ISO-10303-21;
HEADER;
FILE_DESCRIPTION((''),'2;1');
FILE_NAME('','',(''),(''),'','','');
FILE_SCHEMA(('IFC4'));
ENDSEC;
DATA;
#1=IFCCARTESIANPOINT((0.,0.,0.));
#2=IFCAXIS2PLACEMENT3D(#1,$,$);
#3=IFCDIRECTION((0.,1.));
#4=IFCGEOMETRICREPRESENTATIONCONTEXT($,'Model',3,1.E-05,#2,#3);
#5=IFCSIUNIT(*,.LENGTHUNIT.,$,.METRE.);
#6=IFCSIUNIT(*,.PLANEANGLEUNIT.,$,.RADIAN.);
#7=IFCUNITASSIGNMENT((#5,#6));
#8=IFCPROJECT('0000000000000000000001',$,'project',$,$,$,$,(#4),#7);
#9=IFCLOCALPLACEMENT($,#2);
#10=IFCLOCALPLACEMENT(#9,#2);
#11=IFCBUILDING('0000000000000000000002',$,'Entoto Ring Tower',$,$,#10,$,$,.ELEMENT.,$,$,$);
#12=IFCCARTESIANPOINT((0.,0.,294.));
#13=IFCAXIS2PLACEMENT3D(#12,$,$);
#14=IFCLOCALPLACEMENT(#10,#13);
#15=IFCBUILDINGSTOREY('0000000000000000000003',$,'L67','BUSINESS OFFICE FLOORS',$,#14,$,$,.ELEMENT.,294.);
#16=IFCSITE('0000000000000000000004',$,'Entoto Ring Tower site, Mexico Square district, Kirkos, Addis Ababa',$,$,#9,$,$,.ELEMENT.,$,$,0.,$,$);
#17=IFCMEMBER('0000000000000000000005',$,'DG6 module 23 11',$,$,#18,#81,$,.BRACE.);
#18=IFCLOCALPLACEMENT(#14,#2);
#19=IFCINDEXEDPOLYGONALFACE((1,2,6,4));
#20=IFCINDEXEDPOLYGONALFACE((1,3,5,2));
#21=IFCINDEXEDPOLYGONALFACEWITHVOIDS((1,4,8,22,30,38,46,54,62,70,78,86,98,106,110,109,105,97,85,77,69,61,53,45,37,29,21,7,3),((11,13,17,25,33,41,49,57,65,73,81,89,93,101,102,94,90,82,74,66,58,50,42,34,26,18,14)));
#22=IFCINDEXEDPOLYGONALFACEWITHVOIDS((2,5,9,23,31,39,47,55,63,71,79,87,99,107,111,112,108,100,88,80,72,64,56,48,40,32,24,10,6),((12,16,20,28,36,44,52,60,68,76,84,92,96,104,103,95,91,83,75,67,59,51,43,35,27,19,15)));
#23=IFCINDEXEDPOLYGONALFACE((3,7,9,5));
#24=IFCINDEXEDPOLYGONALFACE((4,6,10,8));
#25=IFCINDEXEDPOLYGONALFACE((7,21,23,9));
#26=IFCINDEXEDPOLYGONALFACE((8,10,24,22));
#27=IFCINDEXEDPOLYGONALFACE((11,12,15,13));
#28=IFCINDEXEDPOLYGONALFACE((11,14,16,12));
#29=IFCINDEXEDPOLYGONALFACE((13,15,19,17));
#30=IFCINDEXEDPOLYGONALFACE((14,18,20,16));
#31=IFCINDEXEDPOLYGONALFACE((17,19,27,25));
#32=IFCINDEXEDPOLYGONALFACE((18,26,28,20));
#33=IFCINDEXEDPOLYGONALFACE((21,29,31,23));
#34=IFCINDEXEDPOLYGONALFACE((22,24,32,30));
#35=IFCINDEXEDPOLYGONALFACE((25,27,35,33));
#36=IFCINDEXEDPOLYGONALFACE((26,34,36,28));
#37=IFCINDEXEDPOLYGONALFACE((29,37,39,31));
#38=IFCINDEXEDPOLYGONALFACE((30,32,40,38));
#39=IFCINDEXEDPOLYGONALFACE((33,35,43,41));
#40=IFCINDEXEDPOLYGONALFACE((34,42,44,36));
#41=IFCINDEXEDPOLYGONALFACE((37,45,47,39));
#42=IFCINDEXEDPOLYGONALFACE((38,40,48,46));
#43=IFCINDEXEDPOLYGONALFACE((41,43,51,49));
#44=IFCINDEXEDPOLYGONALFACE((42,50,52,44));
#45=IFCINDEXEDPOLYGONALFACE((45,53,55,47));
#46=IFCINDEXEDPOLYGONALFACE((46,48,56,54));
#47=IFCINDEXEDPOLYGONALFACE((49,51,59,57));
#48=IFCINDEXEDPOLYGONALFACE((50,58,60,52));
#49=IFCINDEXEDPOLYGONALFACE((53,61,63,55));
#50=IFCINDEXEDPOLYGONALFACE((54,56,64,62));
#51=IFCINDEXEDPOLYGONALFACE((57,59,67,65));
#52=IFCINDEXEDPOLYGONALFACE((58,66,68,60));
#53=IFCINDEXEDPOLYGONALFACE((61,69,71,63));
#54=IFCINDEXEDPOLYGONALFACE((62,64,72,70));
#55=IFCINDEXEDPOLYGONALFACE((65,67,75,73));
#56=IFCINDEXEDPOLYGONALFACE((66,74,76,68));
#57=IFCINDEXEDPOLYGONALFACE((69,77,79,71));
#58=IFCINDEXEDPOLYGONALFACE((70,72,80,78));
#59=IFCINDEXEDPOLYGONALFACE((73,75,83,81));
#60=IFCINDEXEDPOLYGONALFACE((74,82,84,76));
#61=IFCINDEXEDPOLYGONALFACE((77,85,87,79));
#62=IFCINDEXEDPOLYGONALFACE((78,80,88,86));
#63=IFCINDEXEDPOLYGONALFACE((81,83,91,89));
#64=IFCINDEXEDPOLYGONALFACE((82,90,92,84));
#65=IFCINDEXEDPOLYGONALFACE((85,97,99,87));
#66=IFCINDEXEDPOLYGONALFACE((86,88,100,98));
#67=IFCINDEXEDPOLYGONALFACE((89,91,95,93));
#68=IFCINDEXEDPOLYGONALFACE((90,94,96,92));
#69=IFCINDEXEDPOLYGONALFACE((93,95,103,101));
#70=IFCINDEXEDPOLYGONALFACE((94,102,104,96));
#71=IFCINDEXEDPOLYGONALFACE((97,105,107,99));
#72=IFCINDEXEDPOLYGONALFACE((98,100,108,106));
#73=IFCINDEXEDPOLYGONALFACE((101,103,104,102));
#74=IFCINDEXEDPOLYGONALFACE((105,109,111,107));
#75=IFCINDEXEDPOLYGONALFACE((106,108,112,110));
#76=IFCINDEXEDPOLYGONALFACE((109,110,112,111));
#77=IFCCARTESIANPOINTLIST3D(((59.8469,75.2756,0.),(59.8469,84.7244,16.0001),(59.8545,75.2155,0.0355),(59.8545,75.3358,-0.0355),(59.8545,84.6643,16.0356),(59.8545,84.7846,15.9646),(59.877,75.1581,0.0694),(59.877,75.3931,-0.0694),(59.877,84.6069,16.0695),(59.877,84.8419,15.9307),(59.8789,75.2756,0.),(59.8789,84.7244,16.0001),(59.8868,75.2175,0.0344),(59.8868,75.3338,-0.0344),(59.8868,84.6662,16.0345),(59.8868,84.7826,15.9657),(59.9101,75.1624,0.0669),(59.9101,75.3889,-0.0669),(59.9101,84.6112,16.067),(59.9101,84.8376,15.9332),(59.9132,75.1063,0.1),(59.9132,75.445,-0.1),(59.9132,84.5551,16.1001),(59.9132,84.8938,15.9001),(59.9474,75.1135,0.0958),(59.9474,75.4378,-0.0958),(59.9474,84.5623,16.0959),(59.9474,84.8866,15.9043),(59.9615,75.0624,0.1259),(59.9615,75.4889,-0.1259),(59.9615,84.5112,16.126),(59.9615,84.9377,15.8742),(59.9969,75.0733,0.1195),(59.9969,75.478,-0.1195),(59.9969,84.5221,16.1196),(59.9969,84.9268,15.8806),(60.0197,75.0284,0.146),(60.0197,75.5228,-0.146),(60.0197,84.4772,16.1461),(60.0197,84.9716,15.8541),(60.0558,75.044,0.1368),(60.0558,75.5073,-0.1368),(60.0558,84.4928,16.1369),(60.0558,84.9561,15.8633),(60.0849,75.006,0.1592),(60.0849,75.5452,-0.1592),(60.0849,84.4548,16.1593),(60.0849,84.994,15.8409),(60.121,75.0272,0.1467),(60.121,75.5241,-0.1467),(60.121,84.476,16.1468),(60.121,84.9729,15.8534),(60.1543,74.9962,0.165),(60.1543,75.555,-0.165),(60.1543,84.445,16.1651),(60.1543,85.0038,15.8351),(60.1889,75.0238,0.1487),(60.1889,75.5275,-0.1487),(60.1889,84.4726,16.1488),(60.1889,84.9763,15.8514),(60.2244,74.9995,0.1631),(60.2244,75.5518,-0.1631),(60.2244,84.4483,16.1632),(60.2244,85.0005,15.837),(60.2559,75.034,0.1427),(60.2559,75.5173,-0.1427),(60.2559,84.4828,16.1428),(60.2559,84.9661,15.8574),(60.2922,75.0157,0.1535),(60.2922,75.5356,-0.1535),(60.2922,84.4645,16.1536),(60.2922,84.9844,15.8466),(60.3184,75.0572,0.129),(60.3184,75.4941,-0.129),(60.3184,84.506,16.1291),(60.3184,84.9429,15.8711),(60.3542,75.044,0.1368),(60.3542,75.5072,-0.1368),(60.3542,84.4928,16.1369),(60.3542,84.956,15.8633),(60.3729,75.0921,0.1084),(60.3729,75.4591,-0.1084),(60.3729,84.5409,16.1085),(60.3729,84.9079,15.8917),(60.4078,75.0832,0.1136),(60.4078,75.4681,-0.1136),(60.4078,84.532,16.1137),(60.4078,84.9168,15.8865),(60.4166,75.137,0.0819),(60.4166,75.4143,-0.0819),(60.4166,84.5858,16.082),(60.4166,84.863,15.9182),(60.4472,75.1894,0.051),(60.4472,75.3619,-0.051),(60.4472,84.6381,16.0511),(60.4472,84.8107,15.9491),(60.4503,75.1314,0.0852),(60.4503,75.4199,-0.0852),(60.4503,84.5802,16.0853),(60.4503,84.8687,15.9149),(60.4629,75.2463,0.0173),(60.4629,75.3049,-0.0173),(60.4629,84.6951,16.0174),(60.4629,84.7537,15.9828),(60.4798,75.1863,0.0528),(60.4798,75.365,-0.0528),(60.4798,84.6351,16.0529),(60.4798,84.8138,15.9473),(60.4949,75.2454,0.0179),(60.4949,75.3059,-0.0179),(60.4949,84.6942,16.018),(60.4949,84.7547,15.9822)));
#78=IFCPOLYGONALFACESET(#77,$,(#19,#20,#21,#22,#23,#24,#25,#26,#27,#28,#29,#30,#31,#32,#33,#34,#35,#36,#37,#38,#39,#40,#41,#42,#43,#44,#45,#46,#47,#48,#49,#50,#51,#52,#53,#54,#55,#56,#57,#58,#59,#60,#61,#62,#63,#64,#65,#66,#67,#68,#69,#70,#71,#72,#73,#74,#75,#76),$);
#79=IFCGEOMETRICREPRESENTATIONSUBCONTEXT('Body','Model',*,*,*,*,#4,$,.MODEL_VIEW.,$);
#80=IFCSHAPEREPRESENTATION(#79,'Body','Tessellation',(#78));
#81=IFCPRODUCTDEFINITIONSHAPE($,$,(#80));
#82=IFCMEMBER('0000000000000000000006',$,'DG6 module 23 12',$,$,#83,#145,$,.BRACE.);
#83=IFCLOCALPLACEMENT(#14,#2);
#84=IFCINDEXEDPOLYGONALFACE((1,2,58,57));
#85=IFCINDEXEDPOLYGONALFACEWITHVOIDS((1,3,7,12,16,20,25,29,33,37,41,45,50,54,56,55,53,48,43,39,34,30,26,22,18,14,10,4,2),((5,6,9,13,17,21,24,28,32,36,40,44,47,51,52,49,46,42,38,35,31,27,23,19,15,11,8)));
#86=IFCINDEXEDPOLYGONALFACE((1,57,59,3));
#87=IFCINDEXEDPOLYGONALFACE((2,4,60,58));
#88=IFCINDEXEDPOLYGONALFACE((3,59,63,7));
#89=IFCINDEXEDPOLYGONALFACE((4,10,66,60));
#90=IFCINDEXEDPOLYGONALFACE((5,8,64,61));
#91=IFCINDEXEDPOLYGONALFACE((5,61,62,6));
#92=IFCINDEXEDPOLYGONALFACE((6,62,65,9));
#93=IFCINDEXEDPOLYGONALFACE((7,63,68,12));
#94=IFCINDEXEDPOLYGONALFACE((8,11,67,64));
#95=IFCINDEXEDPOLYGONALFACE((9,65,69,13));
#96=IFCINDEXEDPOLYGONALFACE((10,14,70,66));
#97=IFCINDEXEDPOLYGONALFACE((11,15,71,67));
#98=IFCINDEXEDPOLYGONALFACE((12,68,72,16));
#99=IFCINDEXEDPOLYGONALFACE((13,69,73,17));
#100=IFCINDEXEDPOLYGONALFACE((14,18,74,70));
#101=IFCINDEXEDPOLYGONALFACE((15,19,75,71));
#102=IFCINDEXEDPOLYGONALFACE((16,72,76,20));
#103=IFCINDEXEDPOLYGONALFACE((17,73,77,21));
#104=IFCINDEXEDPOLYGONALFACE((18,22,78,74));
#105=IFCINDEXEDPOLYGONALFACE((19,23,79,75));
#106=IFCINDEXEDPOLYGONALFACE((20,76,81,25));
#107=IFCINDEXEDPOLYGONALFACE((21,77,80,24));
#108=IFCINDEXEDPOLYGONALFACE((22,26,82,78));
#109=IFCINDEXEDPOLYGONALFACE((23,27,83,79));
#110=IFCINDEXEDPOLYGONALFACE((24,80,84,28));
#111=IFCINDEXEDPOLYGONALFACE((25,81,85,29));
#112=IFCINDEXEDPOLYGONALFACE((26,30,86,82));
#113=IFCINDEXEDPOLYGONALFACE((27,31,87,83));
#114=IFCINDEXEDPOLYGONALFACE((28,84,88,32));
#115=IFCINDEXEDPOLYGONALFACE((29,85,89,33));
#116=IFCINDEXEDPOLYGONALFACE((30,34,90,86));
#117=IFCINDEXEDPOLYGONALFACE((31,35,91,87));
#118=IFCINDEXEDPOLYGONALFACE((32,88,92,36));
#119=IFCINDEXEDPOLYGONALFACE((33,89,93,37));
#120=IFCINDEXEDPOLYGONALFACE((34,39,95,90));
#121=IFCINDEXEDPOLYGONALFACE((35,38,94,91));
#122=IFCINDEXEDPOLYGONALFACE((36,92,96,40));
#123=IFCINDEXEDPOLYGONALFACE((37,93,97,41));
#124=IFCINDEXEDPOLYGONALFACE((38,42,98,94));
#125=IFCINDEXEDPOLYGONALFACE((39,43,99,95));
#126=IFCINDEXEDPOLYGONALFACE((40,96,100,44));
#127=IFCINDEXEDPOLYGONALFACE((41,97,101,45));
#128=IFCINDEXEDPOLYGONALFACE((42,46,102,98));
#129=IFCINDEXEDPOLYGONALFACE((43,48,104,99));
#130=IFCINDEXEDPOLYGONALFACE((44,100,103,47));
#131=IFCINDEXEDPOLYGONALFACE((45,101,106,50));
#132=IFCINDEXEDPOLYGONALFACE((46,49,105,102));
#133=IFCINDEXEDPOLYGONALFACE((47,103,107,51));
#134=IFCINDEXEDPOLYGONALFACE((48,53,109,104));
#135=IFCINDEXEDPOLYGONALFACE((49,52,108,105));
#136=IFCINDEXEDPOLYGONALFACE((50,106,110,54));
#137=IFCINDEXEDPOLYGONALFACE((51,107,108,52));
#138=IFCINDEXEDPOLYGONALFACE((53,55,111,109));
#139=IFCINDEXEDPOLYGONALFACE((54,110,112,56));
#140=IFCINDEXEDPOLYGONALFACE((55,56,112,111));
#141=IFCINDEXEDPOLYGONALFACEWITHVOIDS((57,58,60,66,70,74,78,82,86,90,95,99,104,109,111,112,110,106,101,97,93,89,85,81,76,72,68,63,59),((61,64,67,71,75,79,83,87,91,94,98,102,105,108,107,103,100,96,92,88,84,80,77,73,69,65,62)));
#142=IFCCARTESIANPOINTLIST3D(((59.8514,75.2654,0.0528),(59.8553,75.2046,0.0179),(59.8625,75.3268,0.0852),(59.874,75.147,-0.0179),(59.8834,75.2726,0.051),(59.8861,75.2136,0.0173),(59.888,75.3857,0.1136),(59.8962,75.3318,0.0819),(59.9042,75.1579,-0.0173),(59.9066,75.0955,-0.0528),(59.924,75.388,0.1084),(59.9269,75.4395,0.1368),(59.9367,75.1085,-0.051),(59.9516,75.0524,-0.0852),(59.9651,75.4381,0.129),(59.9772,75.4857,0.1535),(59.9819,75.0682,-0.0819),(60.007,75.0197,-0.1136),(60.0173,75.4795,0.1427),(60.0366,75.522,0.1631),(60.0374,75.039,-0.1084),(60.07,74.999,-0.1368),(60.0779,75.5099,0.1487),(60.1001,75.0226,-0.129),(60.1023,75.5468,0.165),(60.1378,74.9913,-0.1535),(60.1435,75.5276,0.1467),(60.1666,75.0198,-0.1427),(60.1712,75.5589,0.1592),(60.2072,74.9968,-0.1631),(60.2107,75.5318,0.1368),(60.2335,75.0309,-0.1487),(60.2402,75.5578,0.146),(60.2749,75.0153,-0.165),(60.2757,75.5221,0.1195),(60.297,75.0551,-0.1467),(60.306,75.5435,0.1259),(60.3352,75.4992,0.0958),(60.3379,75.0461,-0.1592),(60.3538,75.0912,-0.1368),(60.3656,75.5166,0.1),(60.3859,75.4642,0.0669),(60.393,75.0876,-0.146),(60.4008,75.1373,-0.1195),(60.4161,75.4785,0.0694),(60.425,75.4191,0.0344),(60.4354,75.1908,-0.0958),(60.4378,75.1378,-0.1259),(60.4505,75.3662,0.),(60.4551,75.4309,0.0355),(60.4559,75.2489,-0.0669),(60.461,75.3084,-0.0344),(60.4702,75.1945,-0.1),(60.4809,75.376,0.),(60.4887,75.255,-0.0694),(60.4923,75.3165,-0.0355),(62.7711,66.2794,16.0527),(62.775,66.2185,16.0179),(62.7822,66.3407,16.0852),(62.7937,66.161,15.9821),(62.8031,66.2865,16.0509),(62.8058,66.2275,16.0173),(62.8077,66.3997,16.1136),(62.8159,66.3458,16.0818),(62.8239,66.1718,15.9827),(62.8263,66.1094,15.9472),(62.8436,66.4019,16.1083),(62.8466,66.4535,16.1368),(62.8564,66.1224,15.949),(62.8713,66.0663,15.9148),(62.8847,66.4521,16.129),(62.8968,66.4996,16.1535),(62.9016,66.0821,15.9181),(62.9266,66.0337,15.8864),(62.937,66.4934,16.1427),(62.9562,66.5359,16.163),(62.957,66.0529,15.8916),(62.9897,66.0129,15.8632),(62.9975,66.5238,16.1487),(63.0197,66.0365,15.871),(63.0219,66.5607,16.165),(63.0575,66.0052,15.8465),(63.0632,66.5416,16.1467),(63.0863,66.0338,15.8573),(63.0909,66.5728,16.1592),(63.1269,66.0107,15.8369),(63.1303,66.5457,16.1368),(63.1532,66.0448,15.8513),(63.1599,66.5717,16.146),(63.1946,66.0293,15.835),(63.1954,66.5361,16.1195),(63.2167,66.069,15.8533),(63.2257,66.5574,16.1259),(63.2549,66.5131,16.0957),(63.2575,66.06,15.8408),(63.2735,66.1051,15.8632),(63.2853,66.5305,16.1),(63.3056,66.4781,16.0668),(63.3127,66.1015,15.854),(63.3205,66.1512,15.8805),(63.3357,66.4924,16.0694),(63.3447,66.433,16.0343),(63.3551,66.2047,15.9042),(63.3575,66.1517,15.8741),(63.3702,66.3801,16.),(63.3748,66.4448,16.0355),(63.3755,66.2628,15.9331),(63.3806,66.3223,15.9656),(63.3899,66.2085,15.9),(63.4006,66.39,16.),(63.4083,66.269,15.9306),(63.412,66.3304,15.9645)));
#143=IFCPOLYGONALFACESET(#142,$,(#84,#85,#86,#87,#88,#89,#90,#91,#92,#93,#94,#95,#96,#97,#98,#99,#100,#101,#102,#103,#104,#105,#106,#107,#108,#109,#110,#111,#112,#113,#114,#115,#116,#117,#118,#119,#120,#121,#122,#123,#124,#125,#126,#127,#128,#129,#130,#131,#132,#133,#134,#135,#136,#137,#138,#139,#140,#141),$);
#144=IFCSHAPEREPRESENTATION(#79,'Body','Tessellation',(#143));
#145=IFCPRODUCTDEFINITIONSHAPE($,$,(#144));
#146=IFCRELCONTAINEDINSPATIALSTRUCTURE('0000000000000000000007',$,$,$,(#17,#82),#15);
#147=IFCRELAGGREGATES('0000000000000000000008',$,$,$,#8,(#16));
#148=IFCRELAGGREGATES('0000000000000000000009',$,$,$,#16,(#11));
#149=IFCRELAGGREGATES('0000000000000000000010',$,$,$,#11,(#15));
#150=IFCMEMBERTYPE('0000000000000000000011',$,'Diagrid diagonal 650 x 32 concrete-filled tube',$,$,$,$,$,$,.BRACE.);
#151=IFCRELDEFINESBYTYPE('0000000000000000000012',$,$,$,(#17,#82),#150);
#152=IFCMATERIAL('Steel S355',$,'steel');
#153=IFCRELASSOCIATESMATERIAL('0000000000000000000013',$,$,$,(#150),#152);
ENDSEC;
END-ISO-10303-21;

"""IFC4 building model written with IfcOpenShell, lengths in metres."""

from ifc_helpers import new_model, si_unit, direction, frame, origin, origin_2d, place, context, subcontext, project, spatial, circle, hollow_circle, extrude, material, material_profile, profile_set, type_object, element, save


model = new_model("IFC4")

# Units and contexts
model_context = context("Model", 3, precision=1e-05, world=origin(), true_north=direction((0.0, 1.0)))
body_context = subcontext(model_context, "Body", "Model", "MODEL_VIEW")
ifc_project = project(units=[si_unit("LENGTHUNIT", "METRE"), si_unit("PLANEANGLEUNIT", "RADIAN")], contexts=[model_context])

# Site, building, storey
site_placement = place(None, origin())
site = spatial("IfcSite", under=ifc_project, at=site_placement, Name="Entoto Ring Tower site, Mexico Square district, Kirkos, Addis Ababa", CompositionType="ELEMENT", RefElevation=0.0)
building_placement = place(site_placement, origin())
building = spatial("IfcBuilding", under=site, at=building_placement, Name="Entoto Ring Tower", CompositionType="ELEMENT")
storey_placement = place(building_placement, frame((0.0, 0.0, 294.0)))
storey = spatial("IfcBuildingStorey", under=building, at=storey_placement, Name="L67", Description="BUSINESS OFFICE FLOORS", CompositionType="ELEMENT", Elevation=294.0)

# Members
ifc_material_1 = material(Name="Steel S355", Category="steel")
ifc_material_profile_1 = material_profile(ifc_material_1, hollow_circle(Radius=0.325, WallThickness=0.032, at=origin_2d()), Name="CHS 650 x 32")
ifc_material_2 = material(Name="Concrete C60/75", Category="concrete")
ifc_material_profile_2 = material_profile(ifc_material_2, circle(Radius=0.293, at=origin_2d()), Name="Concrete C60/75 infill")
ifc_profile_set_1 = profile_set([ifc_material_profile_1, ifc_material_profile_2], Name="Steel S355")
member_type_1 = type_object("IfcMemberType", Name="Diagrid diagonal 650 x 32 concrete-filled tube", PredefinedType="BRACE", material=ifc_profile_set_1)
member_1_placement = place(storey_placement, frame((60.1719, 75.2756, 0.0), z_axis=(0.0, 0.508497, 0.861064), x_axis=(-1.0, 0.0, 0.0)))
element("IfcMember", 1, at=member_1_placement, inside=storey, type_object=member_type_1, Name="DG6 module 23 11", PredefinedType="BRACE", context=body_context, shape_type="SweptSolid", body=[
    extrude(hollow_circle(Radius=0.325, WallThickness=0.032, at=origin_2d()), origin(), (0.0, 0.0, 1.0), 18.5818),
])
member_2_placement = place(storey_placement, frame((60.1719, 75.2756, 0.0), z_axis=(0.157128, -0.483602, 0.861069), x_axis=(0.951059, 0.30901, 0.0)))
element("IfcMember", 2, at=member_2_placement, inside=storey, type_object=member_type_1, Name="DG6 module 23 12", PredefinedType="BRACE", context=body_context, shape_type="SweptSolid", body=[
    extrude(hollow_circle(Radius=0.325, WallThickness=0.032, at=origin_2d()), origin(), (0.0, 0.0, 1.0), 18.5815),
])

save(model, "model.ifc")
